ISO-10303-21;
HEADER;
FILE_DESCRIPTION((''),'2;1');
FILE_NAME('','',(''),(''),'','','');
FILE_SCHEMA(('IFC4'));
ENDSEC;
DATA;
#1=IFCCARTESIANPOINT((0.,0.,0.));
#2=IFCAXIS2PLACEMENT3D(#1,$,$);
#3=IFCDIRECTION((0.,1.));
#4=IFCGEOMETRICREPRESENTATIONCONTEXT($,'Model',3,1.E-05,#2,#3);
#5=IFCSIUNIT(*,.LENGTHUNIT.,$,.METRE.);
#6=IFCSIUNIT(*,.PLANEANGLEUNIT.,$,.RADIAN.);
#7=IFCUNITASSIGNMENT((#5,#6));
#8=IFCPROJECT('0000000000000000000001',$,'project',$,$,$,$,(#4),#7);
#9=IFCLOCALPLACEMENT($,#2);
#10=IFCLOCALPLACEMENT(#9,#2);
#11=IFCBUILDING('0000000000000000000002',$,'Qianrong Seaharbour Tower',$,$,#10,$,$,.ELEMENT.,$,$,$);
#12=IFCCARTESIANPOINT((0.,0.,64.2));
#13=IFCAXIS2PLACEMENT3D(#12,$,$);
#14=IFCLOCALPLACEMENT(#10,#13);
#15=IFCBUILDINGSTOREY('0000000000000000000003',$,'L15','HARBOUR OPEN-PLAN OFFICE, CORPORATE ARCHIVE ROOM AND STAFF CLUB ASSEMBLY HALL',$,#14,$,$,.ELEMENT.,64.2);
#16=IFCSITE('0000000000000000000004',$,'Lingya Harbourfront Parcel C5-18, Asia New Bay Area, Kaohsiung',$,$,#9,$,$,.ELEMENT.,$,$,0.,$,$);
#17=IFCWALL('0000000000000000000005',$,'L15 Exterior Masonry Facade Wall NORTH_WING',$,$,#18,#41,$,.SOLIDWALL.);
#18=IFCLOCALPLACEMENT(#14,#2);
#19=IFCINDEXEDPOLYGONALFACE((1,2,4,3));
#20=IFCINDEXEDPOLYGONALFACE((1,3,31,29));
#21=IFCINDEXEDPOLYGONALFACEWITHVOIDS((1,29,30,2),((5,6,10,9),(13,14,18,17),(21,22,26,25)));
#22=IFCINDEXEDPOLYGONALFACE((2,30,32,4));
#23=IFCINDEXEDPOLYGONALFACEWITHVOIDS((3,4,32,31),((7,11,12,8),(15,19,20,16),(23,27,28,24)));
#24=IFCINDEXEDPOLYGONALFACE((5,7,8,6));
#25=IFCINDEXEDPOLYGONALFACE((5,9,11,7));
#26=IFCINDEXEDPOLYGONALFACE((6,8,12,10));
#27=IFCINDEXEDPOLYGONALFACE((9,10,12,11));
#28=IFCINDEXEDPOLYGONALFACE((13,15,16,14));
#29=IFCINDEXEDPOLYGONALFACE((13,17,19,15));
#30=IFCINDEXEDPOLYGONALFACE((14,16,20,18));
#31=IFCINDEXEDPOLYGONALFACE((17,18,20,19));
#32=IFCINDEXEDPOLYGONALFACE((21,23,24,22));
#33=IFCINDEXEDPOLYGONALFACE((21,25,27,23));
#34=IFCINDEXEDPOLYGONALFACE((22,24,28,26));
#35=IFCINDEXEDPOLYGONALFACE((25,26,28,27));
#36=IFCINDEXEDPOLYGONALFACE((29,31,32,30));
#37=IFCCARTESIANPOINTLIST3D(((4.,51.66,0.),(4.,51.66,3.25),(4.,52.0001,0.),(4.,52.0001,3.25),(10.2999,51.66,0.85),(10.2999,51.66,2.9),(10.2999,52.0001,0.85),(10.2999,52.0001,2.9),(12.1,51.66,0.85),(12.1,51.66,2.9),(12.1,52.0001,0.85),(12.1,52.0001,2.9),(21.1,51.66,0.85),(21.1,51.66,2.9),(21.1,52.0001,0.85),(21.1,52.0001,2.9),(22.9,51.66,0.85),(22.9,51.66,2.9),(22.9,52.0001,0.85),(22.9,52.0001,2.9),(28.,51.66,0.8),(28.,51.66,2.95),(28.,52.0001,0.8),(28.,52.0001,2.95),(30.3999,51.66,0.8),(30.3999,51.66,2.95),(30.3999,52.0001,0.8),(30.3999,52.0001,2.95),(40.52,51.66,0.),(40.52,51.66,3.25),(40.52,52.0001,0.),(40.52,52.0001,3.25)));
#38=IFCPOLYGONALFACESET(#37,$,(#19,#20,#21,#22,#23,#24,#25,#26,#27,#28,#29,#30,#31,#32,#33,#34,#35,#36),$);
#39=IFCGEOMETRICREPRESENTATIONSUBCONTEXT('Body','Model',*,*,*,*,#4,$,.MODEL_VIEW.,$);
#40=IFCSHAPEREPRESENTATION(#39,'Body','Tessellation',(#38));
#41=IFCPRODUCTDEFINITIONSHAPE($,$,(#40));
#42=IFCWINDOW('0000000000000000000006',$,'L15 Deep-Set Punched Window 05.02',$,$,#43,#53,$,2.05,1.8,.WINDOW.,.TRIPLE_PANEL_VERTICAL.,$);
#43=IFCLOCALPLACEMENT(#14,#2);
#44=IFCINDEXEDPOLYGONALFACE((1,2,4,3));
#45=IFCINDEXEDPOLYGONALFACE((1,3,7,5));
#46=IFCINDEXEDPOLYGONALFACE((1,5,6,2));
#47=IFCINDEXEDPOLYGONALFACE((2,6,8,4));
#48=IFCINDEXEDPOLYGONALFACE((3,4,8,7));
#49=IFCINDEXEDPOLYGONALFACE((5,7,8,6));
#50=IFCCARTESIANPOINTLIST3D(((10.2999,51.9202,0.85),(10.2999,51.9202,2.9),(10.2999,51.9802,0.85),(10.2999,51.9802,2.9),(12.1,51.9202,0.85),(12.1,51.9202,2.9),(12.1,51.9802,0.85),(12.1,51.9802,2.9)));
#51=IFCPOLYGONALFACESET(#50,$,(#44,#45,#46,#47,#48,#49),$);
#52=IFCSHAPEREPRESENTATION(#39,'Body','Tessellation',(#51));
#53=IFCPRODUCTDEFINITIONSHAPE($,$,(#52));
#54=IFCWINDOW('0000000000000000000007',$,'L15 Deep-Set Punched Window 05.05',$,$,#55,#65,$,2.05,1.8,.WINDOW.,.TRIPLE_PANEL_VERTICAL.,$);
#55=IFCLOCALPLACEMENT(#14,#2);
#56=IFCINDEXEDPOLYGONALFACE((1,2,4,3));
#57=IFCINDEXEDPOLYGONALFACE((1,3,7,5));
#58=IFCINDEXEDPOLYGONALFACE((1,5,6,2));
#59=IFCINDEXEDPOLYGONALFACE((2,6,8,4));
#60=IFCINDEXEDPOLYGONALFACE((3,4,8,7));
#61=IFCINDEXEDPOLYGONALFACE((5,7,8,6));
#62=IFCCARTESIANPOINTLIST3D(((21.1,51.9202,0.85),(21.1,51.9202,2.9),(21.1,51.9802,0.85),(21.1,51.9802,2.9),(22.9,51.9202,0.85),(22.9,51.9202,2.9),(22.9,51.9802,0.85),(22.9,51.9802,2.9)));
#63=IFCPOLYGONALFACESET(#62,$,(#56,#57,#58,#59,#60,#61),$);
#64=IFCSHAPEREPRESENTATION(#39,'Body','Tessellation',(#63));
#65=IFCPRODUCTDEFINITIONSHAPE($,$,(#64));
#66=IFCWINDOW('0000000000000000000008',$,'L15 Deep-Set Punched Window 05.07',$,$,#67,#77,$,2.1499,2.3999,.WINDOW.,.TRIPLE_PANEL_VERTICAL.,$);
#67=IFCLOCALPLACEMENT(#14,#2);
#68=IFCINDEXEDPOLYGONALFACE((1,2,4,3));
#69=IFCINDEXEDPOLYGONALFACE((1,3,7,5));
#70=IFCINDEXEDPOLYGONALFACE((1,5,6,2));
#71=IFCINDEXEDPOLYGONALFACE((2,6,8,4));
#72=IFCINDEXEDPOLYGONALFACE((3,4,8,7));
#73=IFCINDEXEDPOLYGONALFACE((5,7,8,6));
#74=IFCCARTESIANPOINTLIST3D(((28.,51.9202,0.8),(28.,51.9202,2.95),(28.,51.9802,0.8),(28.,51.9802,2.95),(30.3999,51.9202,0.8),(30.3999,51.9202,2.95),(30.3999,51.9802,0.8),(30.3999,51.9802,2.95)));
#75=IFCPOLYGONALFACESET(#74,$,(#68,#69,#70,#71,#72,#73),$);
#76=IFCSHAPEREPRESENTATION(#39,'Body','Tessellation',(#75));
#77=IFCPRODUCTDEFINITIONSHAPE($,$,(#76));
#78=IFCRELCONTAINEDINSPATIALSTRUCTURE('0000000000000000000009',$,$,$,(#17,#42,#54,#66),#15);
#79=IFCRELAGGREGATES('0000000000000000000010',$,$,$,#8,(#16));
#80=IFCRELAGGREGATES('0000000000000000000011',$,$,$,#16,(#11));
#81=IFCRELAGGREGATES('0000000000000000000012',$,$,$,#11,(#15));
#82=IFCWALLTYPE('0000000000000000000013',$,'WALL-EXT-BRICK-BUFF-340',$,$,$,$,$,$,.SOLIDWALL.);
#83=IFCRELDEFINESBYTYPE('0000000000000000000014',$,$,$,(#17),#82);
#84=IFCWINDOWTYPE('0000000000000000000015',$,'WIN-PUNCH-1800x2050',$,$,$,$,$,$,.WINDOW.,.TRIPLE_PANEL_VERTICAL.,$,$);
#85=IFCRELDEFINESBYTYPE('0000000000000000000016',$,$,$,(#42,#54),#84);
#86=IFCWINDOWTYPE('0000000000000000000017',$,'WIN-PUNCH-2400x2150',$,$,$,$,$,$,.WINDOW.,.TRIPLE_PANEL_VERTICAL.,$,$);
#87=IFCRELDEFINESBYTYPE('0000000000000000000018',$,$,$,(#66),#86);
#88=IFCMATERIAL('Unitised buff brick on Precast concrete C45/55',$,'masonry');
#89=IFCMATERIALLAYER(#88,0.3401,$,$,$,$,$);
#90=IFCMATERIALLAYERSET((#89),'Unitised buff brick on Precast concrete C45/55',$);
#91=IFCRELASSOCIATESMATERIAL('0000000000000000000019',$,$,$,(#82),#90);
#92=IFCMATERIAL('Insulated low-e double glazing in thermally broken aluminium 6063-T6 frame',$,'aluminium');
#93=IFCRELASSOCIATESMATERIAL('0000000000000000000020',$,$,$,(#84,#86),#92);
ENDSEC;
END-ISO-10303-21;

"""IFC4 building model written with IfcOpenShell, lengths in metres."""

from ifc_helpers import new_model, si_unit, direction, frame, frame_2d, origin, place, context, subcontext, project, spatial, rectangle, extrude, material, layer, layer_set, type_object, element, fill, save


model = new_model("IFC4")

# Units and contexts
model_context = context("Model", 3, precision=1e-05, world=origin(), true_north=direction((0.0, 1.0)))
body_context = subcontext(model_context, "Body", "Model", "MODEL_VIEW")
ifc_project = project(units=[si_unit("LENGTHUNIT", "METRE"), si_unit("PLANEANGLEUNIT", "RADIAN")], contexts=[model_context])

# Site, building, storey
site_placement = place(None, origin())
site = spatial("IfcSite", under=ifc_project, at=site_placement, Name="Lingya Harbourfront Parcel C5-18, Asia New Bay Area, Kaohsiung", CompositionType="ELEMENT", RefElevation=0.0)
building_placement = place(site_placement, origin())
building = spatial("IfcBuilding", under=site, at=building_placement, Name="Qianrong Seaharbour Tower", CompositionType="ELEMENT")
storey_placement = place(building_placement, frame((0.0, 0.0, 64.2)))
storey = spatial("IfcBuildingStorey", under=building, at=storey_placement, Name="L15", Description="HARBOUR OPEN-PLAN OFFICE, CORPORATE ARCHIVE ROOM AND STAFF CLUB ASSEMBLY HALL", CompositionType="ELEMENT", Elevation=64.2)

# Shared definitions
ifc_material_1 = material(Name="Unitised buff brick on Precast concrete C45/55", Category="masonry")
ifc_layer_1 = layer(ifc_material_1, 0.3401)
ifc_layer_set_1 = layer_set([ifc_layer_1], Name="Unitised buff brick on Precast concrete C45/55")
wall_type_1 = type_object("IfcWallType", Name="WALL-EXT-BRICK-BUFF-340", PredefinedType="SOLIDWALL", material=ifc_layer_set_1)

# Wall, openings, windows
wall_1_placement = place(storey_placement, frame((4.0, 51.8301, 0.0), z_axis=(0.0, 0.0, 1.0), x_axis=(1.0, 0.0, 0.0)))
wall_1 = element("IfcWall", 1, at=wall_1_placement, inside=storey, type_object=wall_type_1, Name="L15 Exterior Masonry Facade Wall NORTH_WING", PredefinedType="SOLIDWALL", context=body_context, shape_type="SweptSolid", body=[
    extrude(rectangle(XDim=36.52, YDim=0.3401, at=frame_2d((18.26, 0.0))), origin(), (0.0, 0.0, 1.0), 3.25),
])
opening_1_placement = place(wall_1_placement, frame((6.3, 0.0, 0.8501)))
opening_1 = element("IfcOpeningElement", 2, at=opening_1_placement, cuts=wall_1, PredefinedType="OPENING", context=body_context, shape_type="SweptSolid", body=[
    extrude(rectangle(XDim=1.8, YDim=2.05, at=frame_2d((0.8999, 1.0249))), frame((0.0, 0.1802, 0.0), z_axis=(0.0, -1.0, 0.0), x_axis=(1.0, 0.0, 0.0)), (0.0, 0.0, 1.0), 0.3601),
])
opening_2_placement = place(wall_1_placement, frame((17.1001, 0.0, 0.8501)))
opening_2 = element("IfcOpeningElement", 3, at=opening_2_placement, cuts=wall_1, PredefinedType="OPENING", context=body_context, shape_type="SweptSolid", body=[
    extrude(rectangle(XDim=1.8, YDim=2.05, at=frame_2d((0.8999, 1.0249))), frame((0.0, 0.1802, 0.0), z_axis=(0.0, -1.0, 0.0), x_axis=(1.0, 0.0, 0.0)), (0.0, 0.0, 1.0), 0.3601),
])
opening_3_placement = place(wall_1_placement, frame((24.0, 0.0, 0.8)))
opening_3 = element("IfcOpeningElement", 4, at=opening_3_placement, cuts=wall_1, PredefinedType="OPENING", context=body_context, shape_type="SweptSolid", body=[
    extrude(rectangle(XDim=2.3999, YDim=2.1499, at=frame_2d((1.2, 1.075))), frame((0.0, 0.1802, 0.0), z_axis=(0.0, -1.0, 0.0), x_axis=(1.0, 0.0, 0.0)), (0.0, 0.0, 1.0), 0.3601),
])
ifc_material_2 = material(Name="Insulated low-e double glazing in thermally broken aluminium 6063-T6 frame", Category="aluminium")
window_type_1 = type_object("IfcWindowType", Name="WIN-PUNCH-1800x2050", PartitioningType="TRIPLE_PANEL_VERTICAL", PredefinedType="WINDOW", material=ifc_material_2)
window_1_placement = place(opening_1_placement, origin())
window_1 = element("IfcWindow", 5, at=window_1_placement, inside=storey, type_object=window_type_1, Name="L15 Deep-Set Punched Window 05.02", OverallHeight=2.05, OverallWidth=1.8, PartitioningType="TRIPLE_PANEL_VERTICAL", PredefinedType="WINDOW", context=body_context, shape_type="SweptSolid", body=[
    extrude(rectangle(XDim=1.8, YDim=2.05, at=frame_2d((0.8999, 1.0249))), frame((0.0, 0.1501, 0.0), z_axis=(0.0, -1.0, 0.0), x_axis=(1.0, 0.0, 0.0)), (0.0, 0.0, 1.0), 0.0601),
])
fill(opening_1, window_1)
window_2_placement = place(opening_2_placement, origin())
window_2 = element("IfcWindow", 6, at=window_2_placement, inside=storey, type_object=window_type_1, Name="L15 Deep-Set Punched Window 05.05", OverallHeight=2.05, OverallWidth=1.8, PartitioningType="TRIPLE_PANEL_VERTICAL", PredefinedType="WINDOW", context=body_context, shape_type="SweptSolid", body=[
    extrude(rectangle(XDim=1.8, YDim=2.05, at=frame_2d((0.8999, 1.0249))), frame((0.0, 0.1501, 0.0), z_axis=(0.0, -1.0, 0.0), x_axis=(1.0, 0.0, 0.0)), (0.0, 0.0, 1.0), 0.0601),
])
fill(opening_2, window_2)
window_type_2 = type_object("IfcWindowType", Name="WIN-PUNCH-2400x2150", PartitioningType="TRIPLE_PANEL_VERTICAL", PredefinedType="WINDOW", material=ifc_material_2)
window_3_placement = place(opening_3_placement, origin())
window_3 = element("IfcWindow", 7, at=window_3_placement, inside=storey, type_object=window_type_2, Name="L15 Deep-Set Punched Window 05.07", OverallHeight=2.1499, OverallWidth=2.3999, PartitioningType="TRIPLE_PANEL_VERTICAL", PredefinedType="WINDOW", context=body_context, shape_type="SweptSolid", body=[
    extrude(rectangle(XDim=2.3999, YDim=2.1499, at=frame_2d((1.2, 1.075))), frame((0.0, 0.1501, 0.0), z_axis=(0.0, -1.0, 0.0), x_axis=(1.0, 0.0, 0.0)), (0.0, 0.0, 1.0), 0.0601),
])
fill(opening_3, window_3)

save(model, "model.ifc")
